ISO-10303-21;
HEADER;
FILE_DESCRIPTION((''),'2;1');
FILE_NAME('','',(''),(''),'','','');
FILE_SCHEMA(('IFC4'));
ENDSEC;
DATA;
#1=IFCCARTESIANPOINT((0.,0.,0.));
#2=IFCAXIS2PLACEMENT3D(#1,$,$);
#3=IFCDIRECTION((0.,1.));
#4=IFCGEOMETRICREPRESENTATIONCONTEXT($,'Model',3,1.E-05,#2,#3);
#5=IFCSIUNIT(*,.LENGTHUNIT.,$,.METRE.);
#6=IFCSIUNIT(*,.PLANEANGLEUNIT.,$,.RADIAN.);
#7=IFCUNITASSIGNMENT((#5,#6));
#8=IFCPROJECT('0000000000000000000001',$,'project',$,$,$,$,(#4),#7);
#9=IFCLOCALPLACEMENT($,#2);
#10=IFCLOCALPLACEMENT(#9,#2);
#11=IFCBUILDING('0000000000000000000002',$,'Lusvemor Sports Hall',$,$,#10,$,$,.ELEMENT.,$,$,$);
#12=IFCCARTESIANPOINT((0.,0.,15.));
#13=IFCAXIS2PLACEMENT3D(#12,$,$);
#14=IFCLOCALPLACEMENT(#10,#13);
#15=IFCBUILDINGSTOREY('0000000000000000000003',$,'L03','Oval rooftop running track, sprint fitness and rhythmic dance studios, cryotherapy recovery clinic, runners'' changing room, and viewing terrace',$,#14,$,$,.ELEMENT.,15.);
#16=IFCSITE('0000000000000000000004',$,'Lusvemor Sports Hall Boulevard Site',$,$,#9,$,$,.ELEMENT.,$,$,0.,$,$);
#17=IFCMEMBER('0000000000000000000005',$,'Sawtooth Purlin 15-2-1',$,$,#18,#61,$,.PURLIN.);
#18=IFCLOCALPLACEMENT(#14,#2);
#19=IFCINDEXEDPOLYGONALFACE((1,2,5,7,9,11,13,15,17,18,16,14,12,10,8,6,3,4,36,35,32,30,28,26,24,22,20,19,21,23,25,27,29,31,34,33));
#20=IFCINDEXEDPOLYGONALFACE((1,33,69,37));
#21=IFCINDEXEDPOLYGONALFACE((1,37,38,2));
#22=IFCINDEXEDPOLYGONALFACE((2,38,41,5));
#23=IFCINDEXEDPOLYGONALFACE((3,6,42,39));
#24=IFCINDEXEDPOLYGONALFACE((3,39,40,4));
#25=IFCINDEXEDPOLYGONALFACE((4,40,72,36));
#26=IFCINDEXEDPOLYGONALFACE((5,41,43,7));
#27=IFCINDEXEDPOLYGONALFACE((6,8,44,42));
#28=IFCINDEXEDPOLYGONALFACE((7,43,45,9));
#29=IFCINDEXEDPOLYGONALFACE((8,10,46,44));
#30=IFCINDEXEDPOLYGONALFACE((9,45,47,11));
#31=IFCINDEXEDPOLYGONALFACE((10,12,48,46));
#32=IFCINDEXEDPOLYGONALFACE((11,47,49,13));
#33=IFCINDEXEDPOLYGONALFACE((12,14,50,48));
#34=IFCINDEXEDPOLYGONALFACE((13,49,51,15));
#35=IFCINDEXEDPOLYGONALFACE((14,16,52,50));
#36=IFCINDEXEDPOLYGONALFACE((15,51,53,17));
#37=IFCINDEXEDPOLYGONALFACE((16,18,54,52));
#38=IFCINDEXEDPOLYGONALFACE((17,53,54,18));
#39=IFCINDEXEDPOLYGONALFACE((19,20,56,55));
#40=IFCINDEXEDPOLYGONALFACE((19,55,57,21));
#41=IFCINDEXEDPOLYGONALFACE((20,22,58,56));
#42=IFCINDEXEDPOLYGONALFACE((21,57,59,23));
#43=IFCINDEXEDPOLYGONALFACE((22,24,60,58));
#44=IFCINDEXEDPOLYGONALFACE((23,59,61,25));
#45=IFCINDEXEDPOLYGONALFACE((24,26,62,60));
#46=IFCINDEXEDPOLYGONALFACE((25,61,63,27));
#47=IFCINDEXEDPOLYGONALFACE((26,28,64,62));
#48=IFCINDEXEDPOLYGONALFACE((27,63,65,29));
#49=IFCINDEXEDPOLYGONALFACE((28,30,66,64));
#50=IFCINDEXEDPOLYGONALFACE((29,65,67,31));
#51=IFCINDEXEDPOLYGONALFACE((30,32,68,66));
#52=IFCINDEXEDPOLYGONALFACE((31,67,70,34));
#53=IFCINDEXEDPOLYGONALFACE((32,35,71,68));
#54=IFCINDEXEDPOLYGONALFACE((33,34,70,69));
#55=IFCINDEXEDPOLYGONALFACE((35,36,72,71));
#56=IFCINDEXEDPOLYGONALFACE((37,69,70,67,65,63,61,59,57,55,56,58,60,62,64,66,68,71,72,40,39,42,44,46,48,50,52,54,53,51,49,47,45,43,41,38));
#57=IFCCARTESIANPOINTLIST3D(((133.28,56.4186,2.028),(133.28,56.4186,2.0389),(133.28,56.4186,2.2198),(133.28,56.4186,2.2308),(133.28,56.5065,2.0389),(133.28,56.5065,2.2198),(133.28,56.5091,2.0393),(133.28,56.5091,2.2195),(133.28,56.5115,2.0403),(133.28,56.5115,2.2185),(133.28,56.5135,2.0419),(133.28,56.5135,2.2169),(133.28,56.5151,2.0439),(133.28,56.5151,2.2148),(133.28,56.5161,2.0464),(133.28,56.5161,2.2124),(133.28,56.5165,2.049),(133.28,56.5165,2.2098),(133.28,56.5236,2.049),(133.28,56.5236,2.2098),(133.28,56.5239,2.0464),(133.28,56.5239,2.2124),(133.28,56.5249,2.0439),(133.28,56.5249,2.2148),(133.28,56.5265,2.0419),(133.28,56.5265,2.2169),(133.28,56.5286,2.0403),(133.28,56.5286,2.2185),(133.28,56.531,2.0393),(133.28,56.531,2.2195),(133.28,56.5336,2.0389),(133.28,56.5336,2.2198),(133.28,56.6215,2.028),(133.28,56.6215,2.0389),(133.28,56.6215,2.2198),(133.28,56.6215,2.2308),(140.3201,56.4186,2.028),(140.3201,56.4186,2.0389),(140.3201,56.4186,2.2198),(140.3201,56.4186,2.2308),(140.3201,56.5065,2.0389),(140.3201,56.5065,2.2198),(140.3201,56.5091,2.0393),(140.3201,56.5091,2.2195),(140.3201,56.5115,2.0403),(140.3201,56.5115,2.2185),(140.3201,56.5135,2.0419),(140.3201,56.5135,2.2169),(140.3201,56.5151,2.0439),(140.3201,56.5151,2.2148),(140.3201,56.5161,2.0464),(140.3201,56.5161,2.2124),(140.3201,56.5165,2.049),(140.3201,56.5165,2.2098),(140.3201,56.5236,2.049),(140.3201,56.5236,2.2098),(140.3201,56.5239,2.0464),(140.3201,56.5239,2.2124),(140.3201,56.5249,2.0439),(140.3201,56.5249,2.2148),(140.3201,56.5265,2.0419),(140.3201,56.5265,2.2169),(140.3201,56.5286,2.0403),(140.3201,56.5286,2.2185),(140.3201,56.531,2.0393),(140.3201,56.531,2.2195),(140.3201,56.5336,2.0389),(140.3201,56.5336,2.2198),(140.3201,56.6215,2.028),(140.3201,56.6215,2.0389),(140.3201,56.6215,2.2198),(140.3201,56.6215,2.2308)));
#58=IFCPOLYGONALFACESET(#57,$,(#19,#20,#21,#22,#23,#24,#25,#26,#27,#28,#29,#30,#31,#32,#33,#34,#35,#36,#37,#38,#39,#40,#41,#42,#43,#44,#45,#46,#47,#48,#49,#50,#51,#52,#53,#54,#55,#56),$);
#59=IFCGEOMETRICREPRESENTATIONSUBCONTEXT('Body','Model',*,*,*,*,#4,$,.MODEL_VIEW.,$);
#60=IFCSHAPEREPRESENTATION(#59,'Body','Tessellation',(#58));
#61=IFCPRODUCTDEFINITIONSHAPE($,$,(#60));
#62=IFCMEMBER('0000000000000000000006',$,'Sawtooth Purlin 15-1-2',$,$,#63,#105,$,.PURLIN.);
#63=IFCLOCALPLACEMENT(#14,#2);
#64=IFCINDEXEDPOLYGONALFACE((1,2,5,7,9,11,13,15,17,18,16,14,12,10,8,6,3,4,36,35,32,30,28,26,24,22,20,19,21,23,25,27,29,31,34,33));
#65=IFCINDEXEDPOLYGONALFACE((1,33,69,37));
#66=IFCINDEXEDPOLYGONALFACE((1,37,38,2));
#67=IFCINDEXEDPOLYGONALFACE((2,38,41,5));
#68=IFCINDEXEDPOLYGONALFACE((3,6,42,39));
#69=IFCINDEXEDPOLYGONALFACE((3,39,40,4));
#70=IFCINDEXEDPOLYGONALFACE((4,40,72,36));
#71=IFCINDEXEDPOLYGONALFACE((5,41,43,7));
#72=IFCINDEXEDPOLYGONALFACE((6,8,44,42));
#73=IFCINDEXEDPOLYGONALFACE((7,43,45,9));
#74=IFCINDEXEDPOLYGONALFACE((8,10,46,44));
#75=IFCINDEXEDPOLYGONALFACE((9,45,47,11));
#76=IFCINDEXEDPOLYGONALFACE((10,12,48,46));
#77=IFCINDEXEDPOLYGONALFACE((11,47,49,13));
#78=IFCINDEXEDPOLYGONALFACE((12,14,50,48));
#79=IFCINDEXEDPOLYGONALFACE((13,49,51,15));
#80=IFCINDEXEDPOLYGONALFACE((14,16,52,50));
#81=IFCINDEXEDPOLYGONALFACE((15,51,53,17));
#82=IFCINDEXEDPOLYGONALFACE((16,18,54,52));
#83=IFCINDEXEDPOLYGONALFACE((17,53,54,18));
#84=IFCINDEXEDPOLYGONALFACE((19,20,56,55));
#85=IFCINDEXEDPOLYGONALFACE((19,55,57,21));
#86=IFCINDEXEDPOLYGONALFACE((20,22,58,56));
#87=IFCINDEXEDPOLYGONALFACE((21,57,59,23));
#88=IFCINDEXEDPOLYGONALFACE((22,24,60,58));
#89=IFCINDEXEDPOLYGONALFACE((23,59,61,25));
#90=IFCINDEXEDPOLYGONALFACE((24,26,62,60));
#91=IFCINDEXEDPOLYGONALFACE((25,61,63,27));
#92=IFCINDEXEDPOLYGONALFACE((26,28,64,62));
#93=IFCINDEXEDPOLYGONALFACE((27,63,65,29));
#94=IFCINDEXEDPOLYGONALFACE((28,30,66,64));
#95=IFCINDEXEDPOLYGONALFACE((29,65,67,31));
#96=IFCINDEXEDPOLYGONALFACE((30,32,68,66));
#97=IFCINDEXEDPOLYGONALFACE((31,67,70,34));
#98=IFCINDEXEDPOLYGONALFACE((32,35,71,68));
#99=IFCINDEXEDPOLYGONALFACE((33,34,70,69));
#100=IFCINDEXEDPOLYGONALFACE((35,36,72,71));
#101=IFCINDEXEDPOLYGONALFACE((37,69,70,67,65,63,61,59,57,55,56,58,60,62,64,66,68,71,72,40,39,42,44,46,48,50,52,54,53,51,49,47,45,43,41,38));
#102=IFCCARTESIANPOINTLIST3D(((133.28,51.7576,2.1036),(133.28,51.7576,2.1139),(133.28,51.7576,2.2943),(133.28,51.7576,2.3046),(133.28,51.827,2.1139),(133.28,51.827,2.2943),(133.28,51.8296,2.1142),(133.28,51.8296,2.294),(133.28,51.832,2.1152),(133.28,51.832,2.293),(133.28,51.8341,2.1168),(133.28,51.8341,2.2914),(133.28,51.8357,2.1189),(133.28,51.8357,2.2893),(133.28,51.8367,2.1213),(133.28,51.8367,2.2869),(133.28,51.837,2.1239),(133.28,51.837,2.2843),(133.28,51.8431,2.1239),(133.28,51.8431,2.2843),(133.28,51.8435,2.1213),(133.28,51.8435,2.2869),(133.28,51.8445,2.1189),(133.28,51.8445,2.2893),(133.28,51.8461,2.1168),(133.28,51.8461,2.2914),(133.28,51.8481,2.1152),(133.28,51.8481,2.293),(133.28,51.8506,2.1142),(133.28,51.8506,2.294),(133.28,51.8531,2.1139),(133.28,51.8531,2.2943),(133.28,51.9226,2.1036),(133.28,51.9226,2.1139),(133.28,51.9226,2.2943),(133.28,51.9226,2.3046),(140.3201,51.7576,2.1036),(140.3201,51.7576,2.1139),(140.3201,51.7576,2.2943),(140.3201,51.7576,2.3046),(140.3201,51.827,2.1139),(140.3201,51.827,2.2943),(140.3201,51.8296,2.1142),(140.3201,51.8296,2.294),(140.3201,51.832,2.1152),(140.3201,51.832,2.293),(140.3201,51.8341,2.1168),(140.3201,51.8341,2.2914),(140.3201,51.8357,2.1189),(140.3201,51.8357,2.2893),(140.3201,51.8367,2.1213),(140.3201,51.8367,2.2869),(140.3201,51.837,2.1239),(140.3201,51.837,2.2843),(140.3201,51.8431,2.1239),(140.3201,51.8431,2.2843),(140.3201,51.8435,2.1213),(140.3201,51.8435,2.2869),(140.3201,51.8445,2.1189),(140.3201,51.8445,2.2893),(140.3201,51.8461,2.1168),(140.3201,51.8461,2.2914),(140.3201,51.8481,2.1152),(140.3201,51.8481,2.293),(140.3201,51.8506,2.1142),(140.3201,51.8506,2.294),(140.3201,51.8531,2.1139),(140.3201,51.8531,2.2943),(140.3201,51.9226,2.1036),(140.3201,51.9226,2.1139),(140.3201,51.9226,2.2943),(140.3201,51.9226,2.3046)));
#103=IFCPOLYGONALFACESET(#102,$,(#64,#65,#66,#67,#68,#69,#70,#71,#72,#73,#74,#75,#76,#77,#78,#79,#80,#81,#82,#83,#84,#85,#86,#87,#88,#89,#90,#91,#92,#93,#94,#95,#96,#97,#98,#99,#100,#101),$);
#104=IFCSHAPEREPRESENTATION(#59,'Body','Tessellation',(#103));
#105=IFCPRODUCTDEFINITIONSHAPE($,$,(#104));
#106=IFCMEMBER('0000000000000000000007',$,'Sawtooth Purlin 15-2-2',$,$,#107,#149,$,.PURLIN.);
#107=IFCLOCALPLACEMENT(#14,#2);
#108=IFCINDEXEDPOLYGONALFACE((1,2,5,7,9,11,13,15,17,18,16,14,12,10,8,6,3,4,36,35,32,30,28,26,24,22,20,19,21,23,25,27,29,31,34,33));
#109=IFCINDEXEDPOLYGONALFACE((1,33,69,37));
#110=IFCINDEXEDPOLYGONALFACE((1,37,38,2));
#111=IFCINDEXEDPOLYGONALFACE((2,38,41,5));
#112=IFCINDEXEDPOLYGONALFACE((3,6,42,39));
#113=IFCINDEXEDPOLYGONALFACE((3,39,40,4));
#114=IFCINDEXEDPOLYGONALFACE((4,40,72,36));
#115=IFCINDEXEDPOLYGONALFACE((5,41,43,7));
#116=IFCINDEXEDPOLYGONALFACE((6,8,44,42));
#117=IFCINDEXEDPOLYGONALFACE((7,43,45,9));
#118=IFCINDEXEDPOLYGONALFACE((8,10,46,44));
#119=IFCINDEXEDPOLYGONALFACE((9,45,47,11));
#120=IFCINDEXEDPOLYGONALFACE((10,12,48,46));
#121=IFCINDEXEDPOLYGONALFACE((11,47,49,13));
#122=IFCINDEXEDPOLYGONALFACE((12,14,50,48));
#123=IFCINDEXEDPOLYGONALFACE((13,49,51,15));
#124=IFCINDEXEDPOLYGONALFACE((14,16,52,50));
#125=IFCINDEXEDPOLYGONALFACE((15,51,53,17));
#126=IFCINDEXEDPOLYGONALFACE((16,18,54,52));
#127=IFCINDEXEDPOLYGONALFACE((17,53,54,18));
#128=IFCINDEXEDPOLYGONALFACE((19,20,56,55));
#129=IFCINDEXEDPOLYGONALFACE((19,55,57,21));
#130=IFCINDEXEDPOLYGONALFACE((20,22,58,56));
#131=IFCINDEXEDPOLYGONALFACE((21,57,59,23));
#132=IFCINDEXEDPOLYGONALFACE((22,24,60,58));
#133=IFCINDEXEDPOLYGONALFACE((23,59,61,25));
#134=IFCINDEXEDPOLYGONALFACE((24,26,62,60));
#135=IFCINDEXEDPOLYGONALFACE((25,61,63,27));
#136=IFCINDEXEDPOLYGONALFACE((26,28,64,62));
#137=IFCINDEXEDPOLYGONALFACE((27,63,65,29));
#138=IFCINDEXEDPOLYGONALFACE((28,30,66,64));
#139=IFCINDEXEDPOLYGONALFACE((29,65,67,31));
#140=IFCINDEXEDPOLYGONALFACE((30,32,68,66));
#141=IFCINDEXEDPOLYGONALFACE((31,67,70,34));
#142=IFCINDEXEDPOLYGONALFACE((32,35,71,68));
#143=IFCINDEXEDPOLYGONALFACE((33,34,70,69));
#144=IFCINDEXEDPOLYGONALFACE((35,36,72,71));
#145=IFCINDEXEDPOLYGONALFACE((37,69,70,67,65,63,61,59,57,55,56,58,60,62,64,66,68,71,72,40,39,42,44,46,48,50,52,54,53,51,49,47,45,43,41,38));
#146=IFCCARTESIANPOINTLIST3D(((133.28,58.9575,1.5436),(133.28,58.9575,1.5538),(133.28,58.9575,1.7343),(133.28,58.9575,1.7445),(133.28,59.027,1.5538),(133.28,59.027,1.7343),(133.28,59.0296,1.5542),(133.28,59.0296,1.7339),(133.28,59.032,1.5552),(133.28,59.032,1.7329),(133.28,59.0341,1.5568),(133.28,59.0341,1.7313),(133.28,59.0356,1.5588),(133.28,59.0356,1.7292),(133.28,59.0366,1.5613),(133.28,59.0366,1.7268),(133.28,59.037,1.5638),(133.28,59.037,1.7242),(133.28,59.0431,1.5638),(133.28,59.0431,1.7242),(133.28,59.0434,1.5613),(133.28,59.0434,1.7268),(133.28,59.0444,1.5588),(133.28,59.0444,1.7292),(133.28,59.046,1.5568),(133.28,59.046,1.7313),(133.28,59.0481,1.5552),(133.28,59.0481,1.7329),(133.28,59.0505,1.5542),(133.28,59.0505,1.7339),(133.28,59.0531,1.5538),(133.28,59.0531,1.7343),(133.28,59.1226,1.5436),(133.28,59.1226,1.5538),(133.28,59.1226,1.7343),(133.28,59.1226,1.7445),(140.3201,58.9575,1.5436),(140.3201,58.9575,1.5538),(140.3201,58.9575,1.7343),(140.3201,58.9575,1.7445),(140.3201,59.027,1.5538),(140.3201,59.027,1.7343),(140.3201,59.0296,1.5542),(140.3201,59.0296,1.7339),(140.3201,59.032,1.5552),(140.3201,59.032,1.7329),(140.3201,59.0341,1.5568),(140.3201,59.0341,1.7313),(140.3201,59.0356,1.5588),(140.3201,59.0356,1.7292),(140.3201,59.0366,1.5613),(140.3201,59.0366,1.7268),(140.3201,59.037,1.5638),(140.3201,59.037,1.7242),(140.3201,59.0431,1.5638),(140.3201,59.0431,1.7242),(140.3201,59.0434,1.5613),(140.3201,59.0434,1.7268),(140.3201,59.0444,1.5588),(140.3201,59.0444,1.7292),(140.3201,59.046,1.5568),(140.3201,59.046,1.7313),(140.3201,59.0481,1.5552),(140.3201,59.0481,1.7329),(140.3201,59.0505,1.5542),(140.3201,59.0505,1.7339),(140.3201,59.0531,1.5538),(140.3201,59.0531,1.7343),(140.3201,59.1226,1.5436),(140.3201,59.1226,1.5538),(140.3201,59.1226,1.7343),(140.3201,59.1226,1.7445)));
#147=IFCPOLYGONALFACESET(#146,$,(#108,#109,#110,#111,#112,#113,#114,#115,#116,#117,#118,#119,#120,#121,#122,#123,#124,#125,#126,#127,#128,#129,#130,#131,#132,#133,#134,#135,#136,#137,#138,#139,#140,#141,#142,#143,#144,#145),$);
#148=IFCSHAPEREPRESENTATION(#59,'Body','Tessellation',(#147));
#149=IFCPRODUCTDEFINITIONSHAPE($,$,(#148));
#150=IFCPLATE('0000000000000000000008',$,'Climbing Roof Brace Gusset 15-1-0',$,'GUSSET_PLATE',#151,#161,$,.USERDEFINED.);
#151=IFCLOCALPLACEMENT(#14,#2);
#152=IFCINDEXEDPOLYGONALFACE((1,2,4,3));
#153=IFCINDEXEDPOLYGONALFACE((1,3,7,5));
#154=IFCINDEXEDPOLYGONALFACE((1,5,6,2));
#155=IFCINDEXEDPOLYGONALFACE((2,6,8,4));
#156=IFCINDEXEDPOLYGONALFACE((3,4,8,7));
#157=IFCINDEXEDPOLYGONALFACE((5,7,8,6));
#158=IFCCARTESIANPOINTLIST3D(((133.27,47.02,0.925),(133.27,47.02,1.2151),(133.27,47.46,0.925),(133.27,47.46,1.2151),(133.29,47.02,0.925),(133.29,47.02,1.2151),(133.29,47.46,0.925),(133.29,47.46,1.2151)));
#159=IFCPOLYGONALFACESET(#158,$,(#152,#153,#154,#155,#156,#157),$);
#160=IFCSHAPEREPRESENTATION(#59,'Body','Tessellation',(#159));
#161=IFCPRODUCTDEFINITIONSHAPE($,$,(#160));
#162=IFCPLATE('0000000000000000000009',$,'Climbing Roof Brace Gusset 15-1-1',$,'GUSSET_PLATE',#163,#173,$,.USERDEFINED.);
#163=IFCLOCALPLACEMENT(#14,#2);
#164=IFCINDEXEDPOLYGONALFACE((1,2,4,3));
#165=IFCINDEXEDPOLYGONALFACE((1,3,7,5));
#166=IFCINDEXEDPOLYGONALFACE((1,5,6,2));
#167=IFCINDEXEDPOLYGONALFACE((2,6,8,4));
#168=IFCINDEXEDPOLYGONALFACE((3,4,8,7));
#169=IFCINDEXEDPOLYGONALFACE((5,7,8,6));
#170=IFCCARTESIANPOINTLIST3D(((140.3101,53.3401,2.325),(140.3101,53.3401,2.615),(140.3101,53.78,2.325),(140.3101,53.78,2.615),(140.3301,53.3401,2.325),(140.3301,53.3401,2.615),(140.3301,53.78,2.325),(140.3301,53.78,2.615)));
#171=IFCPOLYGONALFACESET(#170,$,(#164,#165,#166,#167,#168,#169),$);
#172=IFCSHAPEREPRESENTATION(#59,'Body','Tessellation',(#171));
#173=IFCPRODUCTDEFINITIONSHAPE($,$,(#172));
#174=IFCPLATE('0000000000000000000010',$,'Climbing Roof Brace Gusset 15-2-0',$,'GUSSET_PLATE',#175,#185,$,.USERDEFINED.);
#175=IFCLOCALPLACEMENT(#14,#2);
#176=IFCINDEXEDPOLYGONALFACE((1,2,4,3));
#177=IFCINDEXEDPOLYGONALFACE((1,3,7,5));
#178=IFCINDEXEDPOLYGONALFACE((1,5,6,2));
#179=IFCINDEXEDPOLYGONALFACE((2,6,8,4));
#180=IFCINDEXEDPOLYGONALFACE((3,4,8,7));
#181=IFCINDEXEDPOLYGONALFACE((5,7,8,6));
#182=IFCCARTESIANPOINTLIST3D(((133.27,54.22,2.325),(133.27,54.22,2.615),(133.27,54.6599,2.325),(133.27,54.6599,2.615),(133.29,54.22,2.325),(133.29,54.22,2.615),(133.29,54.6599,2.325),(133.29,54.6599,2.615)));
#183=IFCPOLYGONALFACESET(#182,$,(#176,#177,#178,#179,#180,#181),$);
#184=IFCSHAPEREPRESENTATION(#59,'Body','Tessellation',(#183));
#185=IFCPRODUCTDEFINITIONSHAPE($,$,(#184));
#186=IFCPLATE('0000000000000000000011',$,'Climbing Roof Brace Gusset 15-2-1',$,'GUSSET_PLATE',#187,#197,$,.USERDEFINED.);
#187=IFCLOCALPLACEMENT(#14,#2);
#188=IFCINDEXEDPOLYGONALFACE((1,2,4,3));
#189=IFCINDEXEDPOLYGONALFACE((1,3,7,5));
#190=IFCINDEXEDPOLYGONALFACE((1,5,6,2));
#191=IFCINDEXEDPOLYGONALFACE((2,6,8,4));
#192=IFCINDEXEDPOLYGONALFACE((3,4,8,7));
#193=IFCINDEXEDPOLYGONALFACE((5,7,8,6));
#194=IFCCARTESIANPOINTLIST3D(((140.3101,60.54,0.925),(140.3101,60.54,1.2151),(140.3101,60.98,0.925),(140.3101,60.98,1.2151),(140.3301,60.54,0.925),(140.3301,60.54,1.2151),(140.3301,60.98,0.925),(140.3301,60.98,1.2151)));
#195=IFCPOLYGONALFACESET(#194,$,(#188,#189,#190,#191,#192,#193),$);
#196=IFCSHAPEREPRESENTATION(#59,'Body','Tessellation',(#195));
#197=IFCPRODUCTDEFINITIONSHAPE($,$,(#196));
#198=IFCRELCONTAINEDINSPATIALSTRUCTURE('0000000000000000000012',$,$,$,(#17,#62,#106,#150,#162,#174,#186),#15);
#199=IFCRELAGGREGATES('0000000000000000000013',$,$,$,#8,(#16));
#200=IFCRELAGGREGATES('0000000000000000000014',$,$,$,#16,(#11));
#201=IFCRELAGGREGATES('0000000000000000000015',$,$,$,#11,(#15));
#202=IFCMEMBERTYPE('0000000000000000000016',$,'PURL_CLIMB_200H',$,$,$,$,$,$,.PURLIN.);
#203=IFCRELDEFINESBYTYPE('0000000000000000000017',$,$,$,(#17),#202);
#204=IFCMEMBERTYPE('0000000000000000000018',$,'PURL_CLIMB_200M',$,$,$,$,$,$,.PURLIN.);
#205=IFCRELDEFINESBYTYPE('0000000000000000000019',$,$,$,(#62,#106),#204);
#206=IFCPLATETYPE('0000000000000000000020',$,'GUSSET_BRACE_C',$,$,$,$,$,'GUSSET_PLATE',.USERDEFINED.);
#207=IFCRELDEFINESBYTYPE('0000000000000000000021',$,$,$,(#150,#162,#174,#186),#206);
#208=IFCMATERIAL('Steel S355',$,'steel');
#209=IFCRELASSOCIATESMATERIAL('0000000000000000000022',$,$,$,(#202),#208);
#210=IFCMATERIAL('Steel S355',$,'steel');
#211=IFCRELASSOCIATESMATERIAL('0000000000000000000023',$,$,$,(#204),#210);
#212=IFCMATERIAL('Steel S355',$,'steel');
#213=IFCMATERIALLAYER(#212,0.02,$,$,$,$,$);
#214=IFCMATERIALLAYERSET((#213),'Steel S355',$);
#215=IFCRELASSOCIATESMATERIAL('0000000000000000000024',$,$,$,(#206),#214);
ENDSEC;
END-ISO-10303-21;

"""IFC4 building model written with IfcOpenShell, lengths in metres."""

from ifc_helpers import new_model, si_unit, direction, frame, origin, origin_2d, place, context, subcontext, project, spatial, rectangle, i_section, extrude, material, layer, layer_set, material_profile, profile_set, type_object, element, save


model = new_model("IFC4")

# Units and contexts
model_context = context("Model", 3, precision=1e-05, world=origin(), true_north=direction((0.0, 1.0)))
body_context = subcontext(model_context, "Body", "Model", "MODEL_VIEW")
ifc_project = project(units=[si_unit("LENGTHUNIT", "METRE"), si_unit("PLANEANGLEUNIT", "RADIAN")], contexts=[model_context])

# Site, building, storey
site_placement = place(None, origin())
site = spatial("IfcSite", under=ifc_project, at=site_placement, Name="Lusvemor Sports Hall Boulevard Site", CompositionType="ELEMENT", RefElevation=0.0)
building_placement = place(site_placement, origin())
building = spatial("IfcBuilding", under=site, at=building_placement, Name="Lusvemor Sports Hall", CompositionType="ELEMENT")
storey_placement = place(building_placement, frame((0.0, 0.0, 15.0)))
storey = spatial("IfcBuildingStorey", under=building, at=storey_placement, Name="L03", Description="Oval rooftop running track, sprint fitness and rhythmic dance studios, cryotherapy recovery clinic, runners' changing room, and viewing terrace", CompositionType="ELEMENT", Elevation=15.0)

# Members
ifc_material_1 = material(Name="Steel S355", Category="steel")
ifc_material_profile_1 = material_profile(ifc_material_1, i_section(OverallWidth=0.2029, OverallDepth=0.2029, WebThickness=0.0071, FlangeThickness=0.011, FilletRadius=0.01, at=origin_2d()), Name="W200x46.1")
ifc_profile_set_1 = profile_set([ifc_material_profile_1], Name="Steel S355")
member_type_1 = type_object("IfcMemberType", Name="PURL_CLIMB_200H", PredefinedType="PURLIN", material=ifc_profile_set_1)
for number, where, z_axis, x_axis, name in (
    (1, (133.28, 56.52, 2.1294), (1.0, 0.0, 0.0), (0.0, 1.0, 0.0), "Sawtooth Purlin 15-2-1"),
):
    element("IfcMember", number, at=place(storey_placement, frame(where, z_axis=z_axis, x_axis=x_axis)), inside=storey, type_object=member_type_1, Name=name, PredefinedType="PURLIN", context=body_context, shape_type="SweptSolid", body=[
        extrude(i_section(OverallWidth=0.2029, OverallDepth=0.2029, WebThickness=0.0071, FlangeThickness=0.011, FilletRadius=0.01, at=origin_2d()), origin(), (0.0, 0.0, 1.0), 7.04),
    ])
ifc_material_2 = material(Name="Steel S355", Category="steel")
ifc_material_profile_2 = material_profile(ifc_material_2, i_section(OverallWidth=0.165, OverallDepth=0.2009, WebThickness=0.0061, FlangeThickness=0.0103, FilletRadius=0.01, at=origin_2d()), Name="W200x35.9")
ifc_profile_set_2 = profile_set([ifc_material_profile_2], Name="Steel S355")
member_type_2 = type_object("IfcMemberType", Name="PURL_CLIMB_200M", PredefinedType="PURLIN", material=ifc_profile_set_2)
for number, where, z_axis, x_axis, name in (
    (2, (133.28, 51.8401, 2.2041), (1.0, 0.0, 0.0), (0.0, 1.0, 0.0), "Sawtooth Purlin 15-1-2"),
    (3, (133.28, 59.04, 1.644), (1.0, 0.0, 0.0), (0.0, 1.0, 0.0), "Sawtooth Purlin 15-2-2"),
):
    element("IfcMember", number, at=place(storey_placement, frame(where, z_axis=z_axis, x_axis=x_axis)), inside=storey, type_object=member_type_2, Name=name, PredefinedType="PURLIN", context=body_context, shape_type="SweptSolid", body=[
        extrude(i_section(OverallWidth=0.165, OverallDepth=0.2009, WebThickness=0.0061, FlangeThickness=0.0103, FilletRadius=0.01, at=origin_2d()), origin(), (0.0, 0.0, 1.0), 7.04),
    ])

# Plates
ifc_material_3 = material(Name="Steel S355", Category="steel")
ifc_layer_1 = layer(ifc_material_3, 0.02)
ifc_layer_set_1 = layer_set([ifc_layer_1], Name="Steel S355")
plate_type_1 = type_object("IfcPlateType", Name="GUSSET_BRACE_C", ElementType="GUSSET_PLATE", PredefinedType="USERDEFINED", material=ifc_layer_set_1)
for number, where, z_axis, x_axis, name in (
    (4, (133.28, 47.24, 0.925), (0.0, 0.0, 1.0), (1.0, 0.0, 0.0), "Climbing Roof Brace Gusset 15-1-0"),
    (5, (140.3201, 53.5601, 2.325), (0.0, 0.0, 1.0), (1.0, 0.0, 0.0), "Climbing Roof Brace Gusset 15-1-1"),
    (6, (133.28, 54.4399, 2.325), (0.0, 0.0, 1.0), (1.0, 0.0, 0.0), "Climbing Roof Brace Gusset 15-2-0"),
    (7, (140.3201, 60.76, 0.925), (0.0, 0.0, 1.0), (1.0, 0.0, 0.0), "Climbing Roof Brace Gusset 15-2-1"),
):
    element("IfcPlate", number, at=place(storey_placement, frame(where, z_axis=z_axis, x_axis=x_axis)), inside=storey, type_object=plate_type_1, Name=name, ObjectType="GUSSET_PLATE", PredefinedType="USERDEFINED", context=body_context, shape_type="SweptSolid", body=[
        extrude(rectangle(XDim=0.02, YDim=0.4399, at=origin_2d()), origin(), (0.0, 0.0, 1.0), 0.29),
    ])

save(model, "model.ifc")
